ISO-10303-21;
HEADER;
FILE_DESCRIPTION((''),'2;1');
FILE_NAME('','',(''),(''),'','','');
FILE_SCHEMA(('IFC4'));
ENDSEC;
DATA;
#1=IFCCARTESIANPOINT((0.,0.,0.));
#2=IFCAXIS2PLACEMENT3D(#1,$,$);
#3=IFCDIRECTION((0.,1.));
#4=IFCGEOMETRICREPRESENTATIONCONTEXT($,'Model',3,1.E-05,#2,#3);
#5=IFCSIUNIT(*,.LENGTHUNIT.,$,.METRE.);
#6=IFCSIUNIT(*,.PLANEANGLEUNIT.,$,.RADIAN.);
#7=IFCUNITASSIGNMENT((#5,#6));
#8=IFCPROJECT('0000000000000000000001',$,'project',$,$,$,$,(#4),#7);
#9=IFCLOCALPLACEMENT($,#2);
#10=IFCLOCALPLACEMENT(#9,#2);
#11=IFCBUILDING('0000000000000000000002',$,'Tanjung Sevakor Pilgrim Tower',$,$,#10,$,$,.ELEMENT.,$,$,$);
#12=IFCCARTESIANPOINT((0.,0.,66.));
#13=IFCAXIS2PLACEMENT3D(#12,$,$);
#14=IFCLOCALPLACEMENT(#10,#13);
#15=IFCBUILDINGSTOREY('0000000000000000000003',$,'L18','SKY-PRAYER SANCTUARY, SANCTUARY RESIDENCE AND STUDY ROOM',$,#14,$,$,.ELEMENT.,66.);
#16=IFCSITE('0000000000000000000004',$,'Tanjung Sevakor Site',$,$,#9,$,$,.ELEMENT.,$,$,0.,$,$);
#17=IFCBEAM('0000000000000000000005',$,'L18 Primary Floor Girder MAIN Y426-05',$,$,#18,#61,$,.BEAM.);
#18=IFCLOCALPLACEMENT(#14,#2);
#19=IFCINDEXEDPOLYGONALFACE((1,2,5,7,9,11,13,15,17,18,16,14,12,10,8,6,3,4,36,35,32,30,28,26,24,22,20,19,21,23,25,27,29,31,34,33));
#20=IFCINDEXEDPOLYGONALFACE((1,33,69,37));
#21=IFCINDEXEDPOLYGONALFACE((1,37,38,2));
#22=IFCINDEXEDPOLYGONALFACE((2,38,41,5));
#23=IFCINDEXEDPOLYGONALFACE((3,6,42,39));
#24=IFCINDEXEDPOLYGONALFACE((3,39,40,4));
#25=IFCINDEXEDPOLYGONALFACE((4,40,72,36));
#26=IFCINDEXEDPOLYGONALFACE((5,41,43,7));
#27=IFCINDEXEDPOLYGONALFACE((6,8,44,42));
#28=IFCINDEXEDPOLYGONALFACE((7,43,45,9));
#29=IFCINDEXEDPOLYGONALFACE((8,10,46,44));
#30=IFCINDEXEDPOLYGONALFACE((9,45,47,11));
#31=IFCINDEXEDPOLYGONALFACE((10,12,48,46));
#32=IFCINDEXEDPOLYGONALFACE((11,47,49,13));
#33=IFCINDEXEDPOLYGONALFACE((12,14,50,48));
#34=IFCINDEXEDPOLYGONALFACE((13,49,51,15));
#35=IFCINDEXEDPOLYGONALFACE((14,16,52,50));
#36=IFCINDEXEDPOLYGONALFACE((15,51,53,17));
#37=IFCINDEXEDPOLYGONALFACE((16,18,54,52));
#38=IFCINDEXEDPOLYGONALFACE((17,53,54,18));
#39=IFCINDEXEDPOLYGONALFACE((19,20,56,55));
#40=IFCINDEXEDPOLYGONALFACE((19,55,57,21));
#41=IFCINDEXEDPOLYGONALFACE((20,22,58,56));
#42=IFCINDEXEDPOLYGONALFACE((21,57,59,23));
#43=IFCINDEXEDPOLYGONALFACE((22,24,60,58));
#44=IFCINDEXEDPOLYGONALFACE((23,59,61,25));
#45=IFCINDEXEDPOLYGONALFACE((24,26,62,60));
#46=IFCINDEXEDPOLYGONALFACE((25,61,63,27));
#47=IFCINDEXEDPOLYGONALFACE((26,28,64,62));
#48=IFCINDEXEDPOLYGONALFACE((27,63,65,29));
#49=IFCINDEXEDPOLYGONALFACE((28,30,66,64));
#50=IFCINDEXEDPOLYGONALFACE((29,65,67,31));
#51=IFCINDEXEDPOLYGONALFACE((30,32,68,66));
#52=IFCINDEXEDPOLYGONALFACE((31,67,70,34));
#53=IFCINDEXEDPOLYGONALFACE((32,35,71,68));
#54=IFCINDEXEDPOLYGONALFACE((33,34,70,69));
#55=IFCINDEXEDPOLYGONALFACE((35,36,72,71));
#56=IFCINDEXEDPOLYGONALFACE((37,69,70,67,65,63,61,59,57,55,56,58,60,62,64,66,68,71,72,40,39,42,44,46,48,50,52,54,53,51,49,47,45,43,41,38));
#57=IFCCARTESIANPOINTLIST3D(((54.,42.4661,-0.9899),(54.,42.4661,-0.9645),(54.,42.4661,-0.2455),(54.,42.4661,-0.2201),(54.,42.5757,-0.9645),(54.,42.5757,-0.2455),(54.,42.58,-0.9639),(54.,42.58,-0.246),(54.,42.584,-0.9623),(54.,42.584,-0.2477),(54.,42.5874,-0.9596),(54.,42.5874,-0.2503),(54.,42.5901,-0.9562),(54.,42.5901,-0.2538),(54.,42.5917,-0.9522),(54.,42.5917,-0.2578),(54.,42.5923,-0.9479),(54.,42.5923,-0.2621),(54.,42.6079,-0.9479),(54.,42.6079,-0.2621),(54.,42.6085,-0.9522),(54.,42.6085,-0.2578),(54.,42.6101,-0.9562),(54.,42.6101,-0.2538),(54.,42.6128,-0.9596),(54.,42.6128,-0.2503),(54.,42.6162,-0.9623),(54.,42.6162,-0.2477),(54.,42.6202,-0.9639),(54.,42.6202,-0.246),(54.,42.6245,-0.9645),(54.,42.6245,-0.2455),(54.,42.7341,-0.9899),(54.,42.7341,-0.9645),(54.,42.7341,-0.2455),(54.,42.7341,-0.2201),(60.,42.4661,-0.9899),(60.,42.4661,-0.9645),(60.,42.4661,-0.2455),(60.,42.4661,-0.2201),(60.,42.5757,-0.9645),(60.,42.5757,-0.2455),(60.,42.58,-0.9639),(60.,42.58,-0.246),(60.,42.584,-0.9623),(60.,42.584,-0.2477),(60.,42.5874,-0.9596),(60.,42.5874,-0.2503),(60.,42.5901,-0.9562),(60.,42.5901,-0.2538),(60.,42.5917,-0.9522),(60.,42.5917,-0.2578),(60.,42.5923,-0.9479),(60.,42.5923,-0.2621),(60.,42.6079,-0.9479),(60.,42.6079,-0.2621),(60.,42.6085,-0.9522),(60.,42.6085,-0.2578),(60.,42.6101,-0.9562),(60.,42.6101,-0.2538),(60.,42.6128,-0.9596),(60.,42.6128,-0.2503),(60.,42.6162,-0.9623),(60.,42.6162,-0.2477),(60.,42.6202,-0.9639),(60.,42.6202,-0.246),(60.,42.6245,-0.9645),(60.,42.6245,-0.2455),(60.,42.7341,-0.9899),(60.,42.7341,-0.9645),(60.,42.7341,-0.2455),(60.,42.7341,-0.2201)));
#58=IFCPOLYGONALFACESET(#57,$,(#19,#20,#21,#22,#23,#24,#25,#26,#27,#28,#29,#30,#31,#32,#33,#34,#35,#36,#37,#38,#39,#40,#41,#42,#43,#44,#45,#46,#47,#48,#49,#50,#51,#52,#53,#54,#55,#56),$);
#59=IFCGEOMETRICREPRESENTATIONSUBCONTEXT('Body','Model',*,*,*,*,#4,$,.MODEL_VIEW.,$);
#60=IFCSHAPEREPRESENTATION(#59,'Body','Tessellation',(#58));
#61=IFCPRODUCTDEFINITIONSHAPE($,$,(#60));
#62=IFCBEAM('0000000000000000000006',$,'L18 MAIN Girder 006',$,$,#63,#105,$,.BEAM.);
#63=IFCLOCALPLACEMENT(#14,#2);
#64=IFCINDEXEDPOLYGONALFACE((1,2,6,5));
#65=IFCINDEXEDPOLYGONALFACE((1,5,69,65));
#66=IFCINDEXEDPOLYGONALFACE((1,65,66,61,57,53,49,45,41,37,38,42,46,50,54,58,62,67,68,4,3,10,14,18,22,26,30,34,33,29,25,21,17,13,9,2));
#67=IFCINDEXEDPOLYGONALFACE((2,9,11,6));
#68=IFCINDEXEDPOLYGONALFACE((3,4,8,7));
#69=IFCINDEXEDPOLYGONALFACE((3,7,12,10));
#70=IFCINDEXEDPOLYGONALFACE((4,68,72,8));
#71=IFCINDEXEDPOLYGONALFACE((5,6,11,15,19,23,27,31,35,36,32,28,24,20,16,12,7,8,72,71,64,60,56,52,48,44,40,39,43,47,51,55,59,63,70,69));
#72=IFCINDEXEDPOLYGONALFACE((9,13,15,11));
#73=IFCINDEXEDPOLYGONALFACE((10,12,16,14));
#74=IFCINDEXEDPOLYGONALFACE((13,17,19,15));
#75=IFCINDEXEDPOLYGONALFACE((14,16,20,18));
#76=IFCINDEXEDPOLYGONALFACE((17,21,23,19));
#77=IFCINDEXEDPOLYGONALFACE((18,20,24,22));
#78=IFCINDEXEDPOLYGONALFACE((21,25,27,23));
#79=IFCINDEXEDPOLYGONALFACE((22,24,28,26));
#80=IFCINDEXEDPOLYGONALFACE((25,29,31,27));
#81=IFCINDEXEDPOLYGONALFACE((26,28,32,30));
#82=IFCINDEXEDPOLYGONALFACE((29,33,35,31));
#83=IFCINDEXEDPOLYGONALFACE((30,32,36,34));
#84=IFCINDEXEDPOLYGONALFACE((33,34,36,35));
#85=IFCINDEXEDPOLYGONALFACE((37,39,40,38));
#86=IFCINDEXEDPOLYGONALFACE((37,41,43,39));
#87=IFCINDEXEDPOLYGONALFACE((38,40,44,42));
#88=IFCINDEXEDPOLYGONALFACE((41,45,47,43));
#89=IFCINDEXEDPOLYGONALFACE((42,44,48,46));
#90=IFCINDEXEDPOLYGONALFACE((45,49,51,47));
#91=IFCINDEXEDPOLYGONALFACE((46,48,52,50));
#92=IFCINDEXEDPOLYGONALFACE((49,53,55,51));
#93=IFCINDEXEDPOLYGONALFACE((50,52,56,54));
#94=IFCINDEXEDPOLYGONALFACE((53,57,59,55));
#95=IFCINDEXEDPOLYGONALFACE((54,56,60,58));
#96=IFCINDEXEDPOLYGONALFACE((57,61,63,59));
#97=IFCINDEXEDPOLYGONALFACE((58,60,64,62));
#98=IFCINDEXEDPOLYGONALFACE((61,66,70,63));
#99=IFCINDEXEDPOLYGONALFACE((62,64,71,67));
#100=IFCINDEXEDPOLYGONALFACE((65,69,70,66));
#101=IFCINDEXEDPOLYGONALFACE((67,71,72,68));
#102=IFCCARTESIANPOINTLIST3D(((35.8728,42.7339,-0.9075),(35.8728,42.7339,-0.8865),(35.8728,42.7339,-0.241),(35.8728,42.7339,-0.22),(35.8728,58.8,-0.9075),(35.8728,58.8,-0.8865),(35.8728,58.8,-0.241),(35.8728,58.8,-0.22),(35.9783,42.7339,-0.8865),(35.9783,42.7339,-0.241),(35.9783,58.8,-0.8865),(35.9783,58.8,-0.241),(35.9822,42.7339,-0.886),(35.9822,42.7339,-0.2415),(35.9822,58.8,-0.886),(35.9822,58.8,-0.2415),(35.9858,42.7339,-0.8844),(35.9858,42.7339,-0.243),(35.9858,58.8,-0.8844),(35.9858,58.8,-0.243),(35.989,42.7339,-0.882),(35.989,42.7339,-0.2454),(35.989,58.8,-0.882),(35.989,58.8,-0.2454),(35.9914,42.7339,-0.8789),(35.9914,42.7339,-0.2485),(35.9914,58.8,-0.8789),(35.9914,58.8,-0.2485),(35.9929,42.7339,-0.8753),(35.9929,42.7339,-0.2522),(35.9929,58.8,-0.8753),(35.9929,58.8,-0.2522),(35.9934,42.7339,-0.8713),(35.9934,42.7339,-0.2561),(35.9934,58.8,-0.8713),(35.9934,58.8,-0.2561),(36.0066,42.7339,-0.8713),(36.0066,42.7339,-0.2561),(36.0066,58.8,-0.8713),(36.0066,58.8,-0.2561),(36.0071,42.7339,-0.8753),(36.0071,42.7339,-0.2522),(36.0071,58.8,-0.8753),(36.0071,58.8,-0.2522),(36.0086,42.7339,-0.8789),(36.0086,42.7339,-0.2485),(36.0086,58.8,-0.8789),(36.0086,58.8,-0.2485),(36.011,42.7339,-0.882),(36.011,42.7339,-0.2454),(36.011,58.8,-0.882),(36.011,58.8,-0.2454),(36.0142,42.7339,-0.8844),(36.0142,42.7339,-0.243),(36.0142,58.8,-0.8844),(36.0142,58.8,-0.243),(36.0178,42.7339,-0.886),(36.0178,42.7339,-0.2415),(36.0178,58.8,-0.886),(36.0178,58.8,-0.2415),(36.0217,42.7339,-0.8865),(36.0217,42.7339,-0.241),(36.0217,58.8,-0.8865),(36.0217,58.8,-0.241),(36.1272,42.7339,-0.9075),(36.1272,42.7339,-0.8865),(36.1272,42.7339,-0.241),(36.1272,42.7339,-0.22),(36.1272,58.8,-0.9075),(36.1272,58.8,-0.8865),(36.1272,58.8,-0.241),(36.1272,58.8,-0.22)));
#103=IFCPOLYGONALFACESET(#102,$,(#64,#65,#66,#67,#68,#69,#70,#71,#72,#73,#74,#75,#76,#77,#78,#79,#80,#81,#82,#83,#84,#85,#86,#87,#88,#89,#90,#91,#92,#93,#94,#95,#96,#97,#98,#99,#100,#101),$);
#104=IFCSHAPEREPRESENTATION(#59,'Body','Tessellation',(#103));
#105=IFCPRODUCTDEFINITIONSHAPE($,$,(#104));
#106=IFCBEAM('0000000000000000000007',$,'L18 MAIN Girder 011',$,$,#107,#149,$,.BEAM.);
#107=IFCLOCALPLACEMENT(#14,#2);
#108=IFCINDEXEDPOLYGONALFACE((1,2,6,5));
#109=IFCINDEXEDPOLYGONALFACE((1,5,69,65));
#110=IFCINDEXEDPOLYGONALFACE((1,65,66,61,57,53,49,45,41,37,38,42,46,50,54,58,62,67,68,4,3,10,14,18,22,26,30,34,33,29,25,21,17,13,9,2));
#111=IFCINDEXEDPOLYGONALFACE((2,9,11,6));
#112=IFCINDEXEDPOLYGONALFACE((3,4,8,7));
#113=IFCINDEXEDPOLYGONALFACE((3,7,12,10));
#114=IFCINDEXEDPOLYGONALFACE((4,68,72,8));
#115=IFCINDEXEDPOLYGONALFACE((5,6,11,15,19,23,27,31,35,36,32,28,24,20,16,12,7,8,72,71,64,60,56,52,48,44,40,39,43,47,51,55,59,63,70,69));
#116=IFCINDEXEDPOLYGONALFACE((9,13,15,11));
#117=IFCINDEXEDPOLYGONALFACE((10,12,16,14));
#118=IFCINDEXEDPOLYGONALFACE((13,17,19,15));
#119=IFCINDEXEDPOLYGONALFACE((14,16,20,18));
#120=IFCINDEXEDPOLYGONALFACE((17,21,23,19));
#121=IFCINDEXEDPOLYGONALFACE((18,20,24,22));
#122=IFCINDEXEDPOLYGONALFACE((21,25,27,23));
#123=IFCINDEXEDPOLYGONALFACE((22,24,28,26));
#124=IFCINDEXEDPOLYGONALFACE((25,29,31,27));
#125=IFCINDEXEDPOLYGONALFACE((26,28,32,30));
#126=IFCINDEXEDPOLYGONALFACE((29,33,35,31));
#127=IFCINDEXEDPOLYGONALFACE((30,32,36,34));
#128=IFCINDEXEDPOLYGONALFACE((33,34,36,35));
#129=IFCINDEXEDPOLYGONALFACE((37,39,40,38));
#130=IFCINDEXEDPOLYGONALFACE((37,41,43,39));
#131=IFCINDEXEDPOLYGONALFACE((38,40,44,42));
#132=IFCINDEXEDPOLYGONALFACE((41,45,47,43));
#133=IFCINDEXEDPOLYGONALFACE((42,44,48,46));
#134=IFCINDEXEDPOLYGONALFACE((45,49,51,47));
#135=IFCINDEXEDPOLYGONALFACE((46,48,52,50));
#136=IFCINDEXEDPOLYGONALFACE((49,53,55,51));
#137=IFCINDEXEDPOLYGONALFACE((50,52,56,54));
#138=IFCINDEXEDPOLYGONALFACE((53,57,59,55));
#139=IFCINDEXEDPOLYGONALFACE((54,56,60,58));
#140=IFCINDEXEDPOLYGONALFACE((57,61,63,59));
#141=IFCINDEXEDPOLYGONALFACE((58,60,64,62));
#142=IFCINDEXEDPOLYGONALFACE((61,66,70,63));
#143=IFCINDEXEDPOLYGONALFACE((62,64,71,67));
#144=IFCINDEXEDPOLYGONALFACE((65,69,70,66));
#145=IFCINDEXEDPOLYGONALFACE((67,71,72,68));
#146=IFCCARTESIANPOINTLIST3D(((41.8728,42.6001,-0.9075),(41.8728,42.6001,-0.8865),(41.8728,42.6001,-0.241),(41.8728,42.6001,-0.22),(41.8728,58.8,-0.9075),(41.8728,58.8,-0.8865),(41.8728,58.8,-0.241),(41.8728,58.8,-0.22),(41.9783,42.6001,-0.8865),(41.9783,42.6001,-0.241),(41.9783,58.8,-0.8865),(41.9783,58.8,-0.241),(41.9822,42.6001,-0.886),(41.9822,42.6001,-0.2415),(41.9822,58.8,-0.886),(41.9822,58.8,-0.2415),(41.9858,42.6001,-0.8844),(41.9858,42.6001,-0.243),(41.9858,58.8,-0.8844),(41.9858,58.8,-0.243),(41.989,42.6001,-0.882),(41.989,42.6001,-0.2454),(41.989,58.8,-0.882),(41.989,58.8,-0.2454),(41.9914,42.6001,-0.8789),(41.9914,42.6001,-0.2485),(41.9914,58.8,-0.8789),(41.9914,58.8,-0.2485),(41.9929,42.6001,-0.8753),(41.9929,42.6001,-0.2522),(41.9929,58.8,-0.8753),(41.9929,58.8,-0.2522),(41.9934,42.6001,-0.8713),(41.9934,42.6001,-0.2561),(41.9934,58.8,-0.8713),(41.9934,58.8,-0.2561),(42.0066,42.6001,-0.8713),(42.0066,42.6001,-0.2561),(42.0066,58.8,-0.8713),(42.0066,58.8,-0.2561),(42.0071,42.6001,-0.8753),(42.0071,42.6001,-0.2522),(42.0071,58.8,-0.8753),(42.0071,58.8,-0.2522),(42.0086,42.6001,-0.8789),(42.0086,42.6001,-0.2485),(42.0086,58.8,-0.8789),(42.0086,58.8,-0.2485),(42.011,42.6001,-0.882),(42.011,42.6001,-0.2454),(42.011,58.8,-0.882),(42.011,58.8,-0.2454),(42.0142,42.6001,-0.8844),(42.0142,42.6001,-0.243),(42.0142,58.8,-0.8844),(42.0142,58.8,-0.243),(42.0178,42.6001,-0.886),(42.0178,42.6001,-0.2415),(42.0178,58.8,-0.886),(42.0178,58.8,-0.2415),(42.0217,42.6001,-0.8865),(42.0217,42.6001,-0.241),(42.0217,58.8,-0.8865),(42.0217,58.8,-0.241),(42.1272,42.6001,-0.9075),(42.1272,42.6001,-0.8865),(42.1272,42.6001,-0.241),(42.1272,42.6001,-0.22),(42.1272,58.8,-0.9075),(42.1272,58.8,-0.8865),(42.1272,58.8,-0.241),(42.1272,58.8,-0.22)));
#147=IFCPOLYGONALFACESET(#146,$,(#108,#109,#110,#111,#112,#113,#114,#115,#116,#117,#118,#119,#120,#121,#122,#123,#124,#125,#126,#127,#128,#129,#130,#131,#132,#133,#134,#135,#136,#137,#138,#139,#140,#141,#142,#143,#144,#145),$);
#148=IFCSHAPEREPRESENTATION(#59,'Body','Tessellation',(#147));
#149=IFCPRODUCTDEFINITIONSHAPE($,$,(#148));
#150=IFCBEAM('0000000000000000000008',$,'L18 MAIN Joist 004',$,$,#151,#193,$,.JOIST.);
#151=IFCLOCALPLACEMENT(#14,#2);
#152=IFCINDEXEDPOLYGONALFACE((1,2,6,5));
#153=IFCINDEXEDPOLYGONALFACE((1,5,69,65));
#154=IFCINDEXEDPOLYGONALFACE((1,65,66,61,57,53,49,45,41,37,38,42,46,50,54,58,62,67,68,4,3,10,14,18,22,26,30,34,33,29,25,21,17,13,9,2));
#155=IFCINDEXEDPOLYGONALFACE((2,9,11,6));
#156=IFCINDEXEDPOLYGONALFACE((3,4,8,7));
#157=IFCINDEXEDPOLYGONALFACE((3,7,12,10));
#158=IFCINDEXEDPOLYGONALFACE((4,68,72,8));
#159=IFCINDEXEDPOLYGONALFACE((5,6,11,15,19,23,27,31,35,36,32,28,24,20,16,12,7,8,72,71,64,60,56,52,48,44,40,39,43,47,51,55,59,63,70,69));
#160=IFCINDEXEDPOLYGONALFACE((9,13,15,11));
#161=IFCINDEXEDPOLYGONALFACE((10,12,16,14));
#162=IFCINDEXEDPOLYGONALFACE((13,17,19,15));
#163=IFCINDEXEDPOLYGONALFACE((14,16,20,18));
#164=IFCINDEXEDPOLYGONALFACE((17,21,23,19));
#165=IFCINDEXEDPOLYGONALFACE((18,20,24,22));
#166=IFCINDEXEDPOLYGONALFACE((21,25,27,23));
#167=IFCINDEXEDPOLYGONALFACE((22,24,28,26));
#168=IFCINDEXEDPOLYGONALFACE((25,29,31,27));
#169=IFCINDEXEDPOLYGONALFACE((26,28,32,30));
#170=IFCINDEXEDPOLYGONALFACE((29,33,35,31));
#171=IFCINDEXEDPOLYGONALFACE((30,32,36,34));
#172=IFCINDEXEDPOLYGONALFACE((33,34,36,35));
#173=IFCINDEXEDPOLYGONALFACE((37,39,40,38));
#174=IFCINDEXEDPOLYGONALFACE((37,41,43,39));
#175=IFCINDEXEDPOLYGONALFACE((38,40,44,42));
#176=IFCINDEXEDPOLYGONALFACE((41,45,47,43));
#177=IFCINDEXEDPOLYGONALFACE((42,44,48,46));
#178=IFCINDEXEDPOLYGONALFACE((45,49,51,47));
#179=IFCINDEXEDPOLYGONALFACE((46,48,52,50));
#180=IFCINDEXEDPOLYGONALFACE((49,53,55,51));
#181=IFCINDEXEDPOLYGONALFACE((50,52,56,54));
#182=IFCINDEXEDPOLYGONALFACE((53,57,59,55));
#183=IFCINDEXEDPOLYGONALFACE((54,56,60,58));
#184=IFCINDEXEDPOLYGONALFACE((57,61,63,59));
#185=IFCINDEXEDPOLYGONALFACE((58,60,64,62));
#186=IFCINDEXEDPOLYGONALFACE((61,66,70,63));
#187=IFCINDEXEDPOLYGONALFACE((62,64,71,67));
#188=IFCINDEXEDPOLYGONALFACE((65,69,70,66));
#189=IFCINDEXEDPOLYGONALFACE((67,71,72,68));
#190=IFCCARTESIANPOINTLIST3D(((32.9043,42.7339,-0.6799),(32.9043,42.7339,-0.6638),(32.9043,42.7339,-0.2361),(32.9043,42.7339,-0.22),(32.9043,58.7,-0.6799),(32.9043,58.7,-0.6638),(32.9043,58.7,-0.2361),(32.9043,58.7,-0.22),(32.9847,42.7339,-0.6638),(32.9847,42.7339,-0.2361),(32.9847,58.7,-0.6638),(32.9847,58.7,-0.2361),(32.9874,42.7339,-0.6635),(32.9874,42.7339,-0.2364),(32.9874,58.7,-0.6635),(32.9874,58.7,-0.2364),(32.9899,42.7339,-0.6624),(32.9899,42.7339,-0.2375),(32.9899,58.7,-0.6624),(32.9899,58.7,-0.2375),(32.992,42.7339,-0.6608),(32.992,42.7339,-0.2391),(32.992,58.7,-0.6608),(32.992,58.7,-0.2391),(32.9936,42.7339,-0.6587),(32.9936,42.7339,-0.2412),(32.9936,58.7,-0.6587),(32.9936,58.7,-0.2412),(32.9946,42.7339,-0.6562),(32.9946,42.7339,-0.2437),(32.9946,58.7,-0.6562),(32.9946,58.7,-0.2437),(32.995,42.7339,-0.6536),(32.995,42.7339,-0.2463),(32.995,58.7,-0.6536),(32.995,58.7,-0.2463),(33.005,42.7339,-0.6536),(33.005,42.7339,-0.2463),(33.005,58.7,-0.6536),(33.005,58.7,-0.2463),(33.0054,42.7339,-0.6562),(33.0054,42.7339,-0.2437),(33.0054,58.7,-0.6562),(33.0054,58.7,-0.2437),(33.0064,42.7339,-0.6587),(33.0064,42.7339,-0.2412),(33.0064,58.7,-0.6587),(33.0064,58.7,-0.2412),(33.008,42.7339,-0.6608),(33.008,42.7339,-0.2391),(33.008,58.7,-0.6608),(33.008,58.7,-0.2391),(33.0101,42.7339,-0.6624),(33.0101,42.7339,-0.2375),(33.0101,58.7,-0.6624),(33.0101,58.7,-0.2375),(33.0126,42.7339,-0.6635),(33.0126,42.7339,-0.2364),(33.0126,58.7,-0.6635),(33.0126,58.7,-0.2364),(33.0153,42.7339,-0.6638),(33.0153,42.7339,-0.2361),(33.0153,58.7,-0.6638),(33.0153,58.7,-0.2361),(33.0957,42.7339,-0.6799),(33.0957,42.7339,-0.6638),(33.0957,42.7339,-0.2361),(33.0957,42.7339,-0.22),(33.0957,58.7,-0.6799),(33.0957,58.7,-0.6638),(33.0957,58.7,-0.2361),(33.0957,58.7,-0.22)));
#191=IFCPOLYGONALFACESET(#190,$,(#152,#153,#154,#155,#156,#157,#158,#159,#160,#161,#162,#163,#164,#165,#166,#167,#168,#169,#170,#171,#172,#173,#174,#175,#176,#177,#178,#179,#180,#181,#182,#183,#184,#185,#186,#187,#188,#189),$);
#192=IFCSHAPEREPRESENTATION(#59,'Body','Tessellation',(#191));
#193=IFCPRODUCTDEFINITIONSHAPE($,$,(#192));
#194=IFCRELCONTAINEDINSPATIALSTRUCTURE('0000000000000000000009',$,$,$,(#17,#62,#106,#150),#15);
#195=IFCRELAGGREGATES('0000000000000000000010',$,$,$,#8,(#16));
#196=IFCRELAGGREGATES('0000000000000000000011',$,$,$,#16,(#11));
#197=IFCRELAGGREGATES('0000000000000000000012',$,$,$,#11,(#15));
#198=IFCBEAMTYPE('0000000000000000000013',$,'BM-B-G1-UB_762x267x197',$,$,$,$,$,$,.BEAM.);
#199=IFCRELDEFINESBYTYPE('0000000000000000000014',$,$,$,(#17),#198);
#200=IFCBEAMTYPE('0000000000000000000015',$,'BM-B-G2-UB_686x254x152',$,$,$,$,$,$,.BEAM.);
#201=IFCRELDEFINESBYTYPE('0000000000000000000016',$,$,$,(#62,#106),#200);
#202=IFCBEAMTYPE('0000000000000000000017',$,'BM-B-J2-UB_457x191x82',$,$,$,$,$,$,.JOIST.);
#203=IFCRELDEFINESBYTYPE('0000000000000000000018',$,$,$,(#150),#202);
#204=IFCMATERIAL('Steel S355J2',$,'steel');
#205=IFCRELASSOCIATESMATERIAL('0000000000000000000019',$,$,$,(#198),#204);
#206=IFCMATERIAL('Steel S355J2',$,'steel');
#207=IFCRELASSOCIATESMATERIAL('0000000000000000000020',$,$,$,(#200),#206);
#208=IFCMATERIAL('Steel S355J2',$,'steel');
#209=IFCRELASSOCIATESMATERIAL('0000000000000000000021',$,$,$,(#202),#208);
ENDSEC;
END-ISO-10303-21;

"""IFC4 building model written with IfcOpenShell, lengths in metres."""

from ifc_helpers import new_model, si_unit, direction, frame, origin, origin_2d, place, context, subcontext, project, spatial, i_section, extrude, material, material_profile, profile_set, type_object, element, save


model = new_model("IFC4")

# Units and contexts
model_context = context("Model", 3, precision=1e-05, world=origin(), true_north=direction((0.0, 1.0)))
body_context = subcontext(model_context, "Body", "Model", "MODEL_VIEW")
ifc_project = project(units=[si_unit("LENGTHUNIT", "METRE"), si_unit("PLANEANGLEUNIT", "RADIAN")], contexts=[model_context])

# Site, building, storey
site_placement = place(None, origin())
site = spatial("IfcSite", under=ifc_project, at=site_placement, Name="Tanjung Sevakor Site", CompositionType="ELEMENT", RefElevation=0.0)
building_placement = place(site_placement, origin())
building = spatial("IfcBuilding", under=site, at=building_placement, Name="Tanjung Sevakor Pilgrim Tower", CompositionType="ELEMENT")
storey_placement = place(building_placement, frame((0.0, 0.0, 66.0)))
storey = spatial("IfcBuildingStorey", under=building, at=storey_placement, Name="L18", Description="SKY-PRAYER SANCTUARY, SANCTUARY RESIDENCE AND STUDY ROOM", CompositionType="ELEMENT", Elevation=66.0)

# Beams
ifc_material_1 = material(Name="Steel S355J2", Category="steel")
ifc_material_profile_1 = material_profile(ifc_material_1, i_section(OverallWidth=0.2681, OverallDepth=0.7698, WebThickness=0.0156, FlangeThickness=0.0254, FilletRadius=0.0166, at=origin_2d()))
ifc_profile_set_1 = profile_set([ifc_material_profile_1], Name="Steel S355J2")
beam_type_1 = type_object("IfcBeamType", Name="BM-B-G1-UB_762x267x197", PredefinedType="BEAM", material=ifc_profile_set_1)
for number, where, z_axis, x_axis, name in (
    (1, (54.0, 42.6001, -0.605), (1.0, 0.0, 0.0), (0.0, 1.0, 0.0), "L18 Primary Floor Girder MAIN Y426-05"),
):
    element("IfcBeam", number, at=place(storey_placement, frame(where, z_axis=z_axis, x_axis=x_axis)), inside=storey, type_object=beam_type_1, Name=name, PredefinedType="BEAM", context=body_context, shape_type="SweptSolid", body=[
        extrude(i_section(OverallWidth=0.2681, OverallDepth=0.7698, WebThickness=0.0156, FlangeThickness=0.0254, FilletRadius=0.0166, at=origin_2d()), origin(), (0.0, 0.0, 1.0), 6.0),
    ])
ifc_material_2 = material(Name="Steel S355J2", Category="steel")
ifc_material_profile_2 = material_profile(ifc_material_2, i_section(OverallWidth=0.2544, OverallDepth=0.6875, WebThickness=0.0132, FlangeThickness=0.021, FilletRadius=0.0151, at=origin_2d()))
ifc_profile_set_2 = profile_set([ifc_material_profile_2], Name="Steel S355J2")
beam_type_2 = type_object("IfcBeamType", Name="BM-B-G2-UB_686x254x152", PredefinedType="BEAM", material=ifc_profile_set_2)
beam_1_placement = place(storey_placement, frame((36.0, 42.7339, -0.5637), z_axis=(0.0, 1.0, 0.0), x_axis=(-1.0, 0.0, 0.0)))
element("IfcBeam", 2, at=beam_1_placement, inside=storey, type_object=beam_type_2, Name="L18 MAIN Girder 006", PredefinedType="BEAM", context=body_context, shape_type="SweptSolid", body=[
    extrude(i_section(OverallWidth=0.2544, OverallDepth=0.6875, WebThickness=0.0132, FlangeThickness=0.021, FilletRadius=0.0151, at=origin_2d()), origin(), (0.0, 0.0, 1.0), 16.0662),
])
beam_2_placement = place(storey_placement, frame((42.0, 42.6001, -0.5637), z_axis=(0.0, 1.0, 0.0), x_axis=(-1.0, 0.0, 0.0)))
element("IfcBeam", 3, at=beam_2_placement, inside=storey, type_object=beam_type_2, Name="L18 MAIN Girder 011", PredefinedType="BEAM", context=body_context, shape_type="SweptSolid", body=[
    extrude(i_section(OverallWidth=0.2544, OverallDepth=0.6875, WebThickness=0.0132, FlangeThickness=0.021, FilletRadius=0.0151, at=origin_2d()), origin(), (0.0, 0.0, 1.0), 16.2),
])
ifc_material_3 = material(Name="Steel S355J2", Category="steel")
ifc_material_profile_3 = material_profile(ifc_material_3, i_section(OverallWidth=0.1914, OverallDepth=0.46, WebThickness=0.01, FlangeThickness=0.0161, FilletRadius=0.0103, at=origin_2d()))
ifc_profile_set_3 = profile_set([ifc_material_profile_3], Name="Steel S355J2")
beam_type_3 = type_object("IfcBeamType", Name="BM-B-J2-UB_457x191x82", PredefinedType="JOIST", material=ifc_profile_set_3)
for number, where, z_axis, x_axis, name in (
    (4, (33.0, 42.7339, -0.45), (0.0, 1.0, 0.0), (-1.0, 0.0, 0.0), "L18 MAIN Joist 004"),
):
    element("IfcBeam", number, at=place(storey_placement, frame(where, z_axis=z_axis, x_axis=x_axis)), inside=storey, type_object=beam_type_3, Name=name, PredefinedType="JOIST", context=body_context, shape_type="SweptSolid", body=[
        extrude(i_section(OverallWidth=0.1914, OverallDepth=0.46, WebThickness=0.01, FlangeThickness=0.0161, FilletRadius=0.0103, at=origin_2d()), origin(), (0.0, 0.0, 1.0), 15.9661),
    ])

save(model, "model.ifc")
